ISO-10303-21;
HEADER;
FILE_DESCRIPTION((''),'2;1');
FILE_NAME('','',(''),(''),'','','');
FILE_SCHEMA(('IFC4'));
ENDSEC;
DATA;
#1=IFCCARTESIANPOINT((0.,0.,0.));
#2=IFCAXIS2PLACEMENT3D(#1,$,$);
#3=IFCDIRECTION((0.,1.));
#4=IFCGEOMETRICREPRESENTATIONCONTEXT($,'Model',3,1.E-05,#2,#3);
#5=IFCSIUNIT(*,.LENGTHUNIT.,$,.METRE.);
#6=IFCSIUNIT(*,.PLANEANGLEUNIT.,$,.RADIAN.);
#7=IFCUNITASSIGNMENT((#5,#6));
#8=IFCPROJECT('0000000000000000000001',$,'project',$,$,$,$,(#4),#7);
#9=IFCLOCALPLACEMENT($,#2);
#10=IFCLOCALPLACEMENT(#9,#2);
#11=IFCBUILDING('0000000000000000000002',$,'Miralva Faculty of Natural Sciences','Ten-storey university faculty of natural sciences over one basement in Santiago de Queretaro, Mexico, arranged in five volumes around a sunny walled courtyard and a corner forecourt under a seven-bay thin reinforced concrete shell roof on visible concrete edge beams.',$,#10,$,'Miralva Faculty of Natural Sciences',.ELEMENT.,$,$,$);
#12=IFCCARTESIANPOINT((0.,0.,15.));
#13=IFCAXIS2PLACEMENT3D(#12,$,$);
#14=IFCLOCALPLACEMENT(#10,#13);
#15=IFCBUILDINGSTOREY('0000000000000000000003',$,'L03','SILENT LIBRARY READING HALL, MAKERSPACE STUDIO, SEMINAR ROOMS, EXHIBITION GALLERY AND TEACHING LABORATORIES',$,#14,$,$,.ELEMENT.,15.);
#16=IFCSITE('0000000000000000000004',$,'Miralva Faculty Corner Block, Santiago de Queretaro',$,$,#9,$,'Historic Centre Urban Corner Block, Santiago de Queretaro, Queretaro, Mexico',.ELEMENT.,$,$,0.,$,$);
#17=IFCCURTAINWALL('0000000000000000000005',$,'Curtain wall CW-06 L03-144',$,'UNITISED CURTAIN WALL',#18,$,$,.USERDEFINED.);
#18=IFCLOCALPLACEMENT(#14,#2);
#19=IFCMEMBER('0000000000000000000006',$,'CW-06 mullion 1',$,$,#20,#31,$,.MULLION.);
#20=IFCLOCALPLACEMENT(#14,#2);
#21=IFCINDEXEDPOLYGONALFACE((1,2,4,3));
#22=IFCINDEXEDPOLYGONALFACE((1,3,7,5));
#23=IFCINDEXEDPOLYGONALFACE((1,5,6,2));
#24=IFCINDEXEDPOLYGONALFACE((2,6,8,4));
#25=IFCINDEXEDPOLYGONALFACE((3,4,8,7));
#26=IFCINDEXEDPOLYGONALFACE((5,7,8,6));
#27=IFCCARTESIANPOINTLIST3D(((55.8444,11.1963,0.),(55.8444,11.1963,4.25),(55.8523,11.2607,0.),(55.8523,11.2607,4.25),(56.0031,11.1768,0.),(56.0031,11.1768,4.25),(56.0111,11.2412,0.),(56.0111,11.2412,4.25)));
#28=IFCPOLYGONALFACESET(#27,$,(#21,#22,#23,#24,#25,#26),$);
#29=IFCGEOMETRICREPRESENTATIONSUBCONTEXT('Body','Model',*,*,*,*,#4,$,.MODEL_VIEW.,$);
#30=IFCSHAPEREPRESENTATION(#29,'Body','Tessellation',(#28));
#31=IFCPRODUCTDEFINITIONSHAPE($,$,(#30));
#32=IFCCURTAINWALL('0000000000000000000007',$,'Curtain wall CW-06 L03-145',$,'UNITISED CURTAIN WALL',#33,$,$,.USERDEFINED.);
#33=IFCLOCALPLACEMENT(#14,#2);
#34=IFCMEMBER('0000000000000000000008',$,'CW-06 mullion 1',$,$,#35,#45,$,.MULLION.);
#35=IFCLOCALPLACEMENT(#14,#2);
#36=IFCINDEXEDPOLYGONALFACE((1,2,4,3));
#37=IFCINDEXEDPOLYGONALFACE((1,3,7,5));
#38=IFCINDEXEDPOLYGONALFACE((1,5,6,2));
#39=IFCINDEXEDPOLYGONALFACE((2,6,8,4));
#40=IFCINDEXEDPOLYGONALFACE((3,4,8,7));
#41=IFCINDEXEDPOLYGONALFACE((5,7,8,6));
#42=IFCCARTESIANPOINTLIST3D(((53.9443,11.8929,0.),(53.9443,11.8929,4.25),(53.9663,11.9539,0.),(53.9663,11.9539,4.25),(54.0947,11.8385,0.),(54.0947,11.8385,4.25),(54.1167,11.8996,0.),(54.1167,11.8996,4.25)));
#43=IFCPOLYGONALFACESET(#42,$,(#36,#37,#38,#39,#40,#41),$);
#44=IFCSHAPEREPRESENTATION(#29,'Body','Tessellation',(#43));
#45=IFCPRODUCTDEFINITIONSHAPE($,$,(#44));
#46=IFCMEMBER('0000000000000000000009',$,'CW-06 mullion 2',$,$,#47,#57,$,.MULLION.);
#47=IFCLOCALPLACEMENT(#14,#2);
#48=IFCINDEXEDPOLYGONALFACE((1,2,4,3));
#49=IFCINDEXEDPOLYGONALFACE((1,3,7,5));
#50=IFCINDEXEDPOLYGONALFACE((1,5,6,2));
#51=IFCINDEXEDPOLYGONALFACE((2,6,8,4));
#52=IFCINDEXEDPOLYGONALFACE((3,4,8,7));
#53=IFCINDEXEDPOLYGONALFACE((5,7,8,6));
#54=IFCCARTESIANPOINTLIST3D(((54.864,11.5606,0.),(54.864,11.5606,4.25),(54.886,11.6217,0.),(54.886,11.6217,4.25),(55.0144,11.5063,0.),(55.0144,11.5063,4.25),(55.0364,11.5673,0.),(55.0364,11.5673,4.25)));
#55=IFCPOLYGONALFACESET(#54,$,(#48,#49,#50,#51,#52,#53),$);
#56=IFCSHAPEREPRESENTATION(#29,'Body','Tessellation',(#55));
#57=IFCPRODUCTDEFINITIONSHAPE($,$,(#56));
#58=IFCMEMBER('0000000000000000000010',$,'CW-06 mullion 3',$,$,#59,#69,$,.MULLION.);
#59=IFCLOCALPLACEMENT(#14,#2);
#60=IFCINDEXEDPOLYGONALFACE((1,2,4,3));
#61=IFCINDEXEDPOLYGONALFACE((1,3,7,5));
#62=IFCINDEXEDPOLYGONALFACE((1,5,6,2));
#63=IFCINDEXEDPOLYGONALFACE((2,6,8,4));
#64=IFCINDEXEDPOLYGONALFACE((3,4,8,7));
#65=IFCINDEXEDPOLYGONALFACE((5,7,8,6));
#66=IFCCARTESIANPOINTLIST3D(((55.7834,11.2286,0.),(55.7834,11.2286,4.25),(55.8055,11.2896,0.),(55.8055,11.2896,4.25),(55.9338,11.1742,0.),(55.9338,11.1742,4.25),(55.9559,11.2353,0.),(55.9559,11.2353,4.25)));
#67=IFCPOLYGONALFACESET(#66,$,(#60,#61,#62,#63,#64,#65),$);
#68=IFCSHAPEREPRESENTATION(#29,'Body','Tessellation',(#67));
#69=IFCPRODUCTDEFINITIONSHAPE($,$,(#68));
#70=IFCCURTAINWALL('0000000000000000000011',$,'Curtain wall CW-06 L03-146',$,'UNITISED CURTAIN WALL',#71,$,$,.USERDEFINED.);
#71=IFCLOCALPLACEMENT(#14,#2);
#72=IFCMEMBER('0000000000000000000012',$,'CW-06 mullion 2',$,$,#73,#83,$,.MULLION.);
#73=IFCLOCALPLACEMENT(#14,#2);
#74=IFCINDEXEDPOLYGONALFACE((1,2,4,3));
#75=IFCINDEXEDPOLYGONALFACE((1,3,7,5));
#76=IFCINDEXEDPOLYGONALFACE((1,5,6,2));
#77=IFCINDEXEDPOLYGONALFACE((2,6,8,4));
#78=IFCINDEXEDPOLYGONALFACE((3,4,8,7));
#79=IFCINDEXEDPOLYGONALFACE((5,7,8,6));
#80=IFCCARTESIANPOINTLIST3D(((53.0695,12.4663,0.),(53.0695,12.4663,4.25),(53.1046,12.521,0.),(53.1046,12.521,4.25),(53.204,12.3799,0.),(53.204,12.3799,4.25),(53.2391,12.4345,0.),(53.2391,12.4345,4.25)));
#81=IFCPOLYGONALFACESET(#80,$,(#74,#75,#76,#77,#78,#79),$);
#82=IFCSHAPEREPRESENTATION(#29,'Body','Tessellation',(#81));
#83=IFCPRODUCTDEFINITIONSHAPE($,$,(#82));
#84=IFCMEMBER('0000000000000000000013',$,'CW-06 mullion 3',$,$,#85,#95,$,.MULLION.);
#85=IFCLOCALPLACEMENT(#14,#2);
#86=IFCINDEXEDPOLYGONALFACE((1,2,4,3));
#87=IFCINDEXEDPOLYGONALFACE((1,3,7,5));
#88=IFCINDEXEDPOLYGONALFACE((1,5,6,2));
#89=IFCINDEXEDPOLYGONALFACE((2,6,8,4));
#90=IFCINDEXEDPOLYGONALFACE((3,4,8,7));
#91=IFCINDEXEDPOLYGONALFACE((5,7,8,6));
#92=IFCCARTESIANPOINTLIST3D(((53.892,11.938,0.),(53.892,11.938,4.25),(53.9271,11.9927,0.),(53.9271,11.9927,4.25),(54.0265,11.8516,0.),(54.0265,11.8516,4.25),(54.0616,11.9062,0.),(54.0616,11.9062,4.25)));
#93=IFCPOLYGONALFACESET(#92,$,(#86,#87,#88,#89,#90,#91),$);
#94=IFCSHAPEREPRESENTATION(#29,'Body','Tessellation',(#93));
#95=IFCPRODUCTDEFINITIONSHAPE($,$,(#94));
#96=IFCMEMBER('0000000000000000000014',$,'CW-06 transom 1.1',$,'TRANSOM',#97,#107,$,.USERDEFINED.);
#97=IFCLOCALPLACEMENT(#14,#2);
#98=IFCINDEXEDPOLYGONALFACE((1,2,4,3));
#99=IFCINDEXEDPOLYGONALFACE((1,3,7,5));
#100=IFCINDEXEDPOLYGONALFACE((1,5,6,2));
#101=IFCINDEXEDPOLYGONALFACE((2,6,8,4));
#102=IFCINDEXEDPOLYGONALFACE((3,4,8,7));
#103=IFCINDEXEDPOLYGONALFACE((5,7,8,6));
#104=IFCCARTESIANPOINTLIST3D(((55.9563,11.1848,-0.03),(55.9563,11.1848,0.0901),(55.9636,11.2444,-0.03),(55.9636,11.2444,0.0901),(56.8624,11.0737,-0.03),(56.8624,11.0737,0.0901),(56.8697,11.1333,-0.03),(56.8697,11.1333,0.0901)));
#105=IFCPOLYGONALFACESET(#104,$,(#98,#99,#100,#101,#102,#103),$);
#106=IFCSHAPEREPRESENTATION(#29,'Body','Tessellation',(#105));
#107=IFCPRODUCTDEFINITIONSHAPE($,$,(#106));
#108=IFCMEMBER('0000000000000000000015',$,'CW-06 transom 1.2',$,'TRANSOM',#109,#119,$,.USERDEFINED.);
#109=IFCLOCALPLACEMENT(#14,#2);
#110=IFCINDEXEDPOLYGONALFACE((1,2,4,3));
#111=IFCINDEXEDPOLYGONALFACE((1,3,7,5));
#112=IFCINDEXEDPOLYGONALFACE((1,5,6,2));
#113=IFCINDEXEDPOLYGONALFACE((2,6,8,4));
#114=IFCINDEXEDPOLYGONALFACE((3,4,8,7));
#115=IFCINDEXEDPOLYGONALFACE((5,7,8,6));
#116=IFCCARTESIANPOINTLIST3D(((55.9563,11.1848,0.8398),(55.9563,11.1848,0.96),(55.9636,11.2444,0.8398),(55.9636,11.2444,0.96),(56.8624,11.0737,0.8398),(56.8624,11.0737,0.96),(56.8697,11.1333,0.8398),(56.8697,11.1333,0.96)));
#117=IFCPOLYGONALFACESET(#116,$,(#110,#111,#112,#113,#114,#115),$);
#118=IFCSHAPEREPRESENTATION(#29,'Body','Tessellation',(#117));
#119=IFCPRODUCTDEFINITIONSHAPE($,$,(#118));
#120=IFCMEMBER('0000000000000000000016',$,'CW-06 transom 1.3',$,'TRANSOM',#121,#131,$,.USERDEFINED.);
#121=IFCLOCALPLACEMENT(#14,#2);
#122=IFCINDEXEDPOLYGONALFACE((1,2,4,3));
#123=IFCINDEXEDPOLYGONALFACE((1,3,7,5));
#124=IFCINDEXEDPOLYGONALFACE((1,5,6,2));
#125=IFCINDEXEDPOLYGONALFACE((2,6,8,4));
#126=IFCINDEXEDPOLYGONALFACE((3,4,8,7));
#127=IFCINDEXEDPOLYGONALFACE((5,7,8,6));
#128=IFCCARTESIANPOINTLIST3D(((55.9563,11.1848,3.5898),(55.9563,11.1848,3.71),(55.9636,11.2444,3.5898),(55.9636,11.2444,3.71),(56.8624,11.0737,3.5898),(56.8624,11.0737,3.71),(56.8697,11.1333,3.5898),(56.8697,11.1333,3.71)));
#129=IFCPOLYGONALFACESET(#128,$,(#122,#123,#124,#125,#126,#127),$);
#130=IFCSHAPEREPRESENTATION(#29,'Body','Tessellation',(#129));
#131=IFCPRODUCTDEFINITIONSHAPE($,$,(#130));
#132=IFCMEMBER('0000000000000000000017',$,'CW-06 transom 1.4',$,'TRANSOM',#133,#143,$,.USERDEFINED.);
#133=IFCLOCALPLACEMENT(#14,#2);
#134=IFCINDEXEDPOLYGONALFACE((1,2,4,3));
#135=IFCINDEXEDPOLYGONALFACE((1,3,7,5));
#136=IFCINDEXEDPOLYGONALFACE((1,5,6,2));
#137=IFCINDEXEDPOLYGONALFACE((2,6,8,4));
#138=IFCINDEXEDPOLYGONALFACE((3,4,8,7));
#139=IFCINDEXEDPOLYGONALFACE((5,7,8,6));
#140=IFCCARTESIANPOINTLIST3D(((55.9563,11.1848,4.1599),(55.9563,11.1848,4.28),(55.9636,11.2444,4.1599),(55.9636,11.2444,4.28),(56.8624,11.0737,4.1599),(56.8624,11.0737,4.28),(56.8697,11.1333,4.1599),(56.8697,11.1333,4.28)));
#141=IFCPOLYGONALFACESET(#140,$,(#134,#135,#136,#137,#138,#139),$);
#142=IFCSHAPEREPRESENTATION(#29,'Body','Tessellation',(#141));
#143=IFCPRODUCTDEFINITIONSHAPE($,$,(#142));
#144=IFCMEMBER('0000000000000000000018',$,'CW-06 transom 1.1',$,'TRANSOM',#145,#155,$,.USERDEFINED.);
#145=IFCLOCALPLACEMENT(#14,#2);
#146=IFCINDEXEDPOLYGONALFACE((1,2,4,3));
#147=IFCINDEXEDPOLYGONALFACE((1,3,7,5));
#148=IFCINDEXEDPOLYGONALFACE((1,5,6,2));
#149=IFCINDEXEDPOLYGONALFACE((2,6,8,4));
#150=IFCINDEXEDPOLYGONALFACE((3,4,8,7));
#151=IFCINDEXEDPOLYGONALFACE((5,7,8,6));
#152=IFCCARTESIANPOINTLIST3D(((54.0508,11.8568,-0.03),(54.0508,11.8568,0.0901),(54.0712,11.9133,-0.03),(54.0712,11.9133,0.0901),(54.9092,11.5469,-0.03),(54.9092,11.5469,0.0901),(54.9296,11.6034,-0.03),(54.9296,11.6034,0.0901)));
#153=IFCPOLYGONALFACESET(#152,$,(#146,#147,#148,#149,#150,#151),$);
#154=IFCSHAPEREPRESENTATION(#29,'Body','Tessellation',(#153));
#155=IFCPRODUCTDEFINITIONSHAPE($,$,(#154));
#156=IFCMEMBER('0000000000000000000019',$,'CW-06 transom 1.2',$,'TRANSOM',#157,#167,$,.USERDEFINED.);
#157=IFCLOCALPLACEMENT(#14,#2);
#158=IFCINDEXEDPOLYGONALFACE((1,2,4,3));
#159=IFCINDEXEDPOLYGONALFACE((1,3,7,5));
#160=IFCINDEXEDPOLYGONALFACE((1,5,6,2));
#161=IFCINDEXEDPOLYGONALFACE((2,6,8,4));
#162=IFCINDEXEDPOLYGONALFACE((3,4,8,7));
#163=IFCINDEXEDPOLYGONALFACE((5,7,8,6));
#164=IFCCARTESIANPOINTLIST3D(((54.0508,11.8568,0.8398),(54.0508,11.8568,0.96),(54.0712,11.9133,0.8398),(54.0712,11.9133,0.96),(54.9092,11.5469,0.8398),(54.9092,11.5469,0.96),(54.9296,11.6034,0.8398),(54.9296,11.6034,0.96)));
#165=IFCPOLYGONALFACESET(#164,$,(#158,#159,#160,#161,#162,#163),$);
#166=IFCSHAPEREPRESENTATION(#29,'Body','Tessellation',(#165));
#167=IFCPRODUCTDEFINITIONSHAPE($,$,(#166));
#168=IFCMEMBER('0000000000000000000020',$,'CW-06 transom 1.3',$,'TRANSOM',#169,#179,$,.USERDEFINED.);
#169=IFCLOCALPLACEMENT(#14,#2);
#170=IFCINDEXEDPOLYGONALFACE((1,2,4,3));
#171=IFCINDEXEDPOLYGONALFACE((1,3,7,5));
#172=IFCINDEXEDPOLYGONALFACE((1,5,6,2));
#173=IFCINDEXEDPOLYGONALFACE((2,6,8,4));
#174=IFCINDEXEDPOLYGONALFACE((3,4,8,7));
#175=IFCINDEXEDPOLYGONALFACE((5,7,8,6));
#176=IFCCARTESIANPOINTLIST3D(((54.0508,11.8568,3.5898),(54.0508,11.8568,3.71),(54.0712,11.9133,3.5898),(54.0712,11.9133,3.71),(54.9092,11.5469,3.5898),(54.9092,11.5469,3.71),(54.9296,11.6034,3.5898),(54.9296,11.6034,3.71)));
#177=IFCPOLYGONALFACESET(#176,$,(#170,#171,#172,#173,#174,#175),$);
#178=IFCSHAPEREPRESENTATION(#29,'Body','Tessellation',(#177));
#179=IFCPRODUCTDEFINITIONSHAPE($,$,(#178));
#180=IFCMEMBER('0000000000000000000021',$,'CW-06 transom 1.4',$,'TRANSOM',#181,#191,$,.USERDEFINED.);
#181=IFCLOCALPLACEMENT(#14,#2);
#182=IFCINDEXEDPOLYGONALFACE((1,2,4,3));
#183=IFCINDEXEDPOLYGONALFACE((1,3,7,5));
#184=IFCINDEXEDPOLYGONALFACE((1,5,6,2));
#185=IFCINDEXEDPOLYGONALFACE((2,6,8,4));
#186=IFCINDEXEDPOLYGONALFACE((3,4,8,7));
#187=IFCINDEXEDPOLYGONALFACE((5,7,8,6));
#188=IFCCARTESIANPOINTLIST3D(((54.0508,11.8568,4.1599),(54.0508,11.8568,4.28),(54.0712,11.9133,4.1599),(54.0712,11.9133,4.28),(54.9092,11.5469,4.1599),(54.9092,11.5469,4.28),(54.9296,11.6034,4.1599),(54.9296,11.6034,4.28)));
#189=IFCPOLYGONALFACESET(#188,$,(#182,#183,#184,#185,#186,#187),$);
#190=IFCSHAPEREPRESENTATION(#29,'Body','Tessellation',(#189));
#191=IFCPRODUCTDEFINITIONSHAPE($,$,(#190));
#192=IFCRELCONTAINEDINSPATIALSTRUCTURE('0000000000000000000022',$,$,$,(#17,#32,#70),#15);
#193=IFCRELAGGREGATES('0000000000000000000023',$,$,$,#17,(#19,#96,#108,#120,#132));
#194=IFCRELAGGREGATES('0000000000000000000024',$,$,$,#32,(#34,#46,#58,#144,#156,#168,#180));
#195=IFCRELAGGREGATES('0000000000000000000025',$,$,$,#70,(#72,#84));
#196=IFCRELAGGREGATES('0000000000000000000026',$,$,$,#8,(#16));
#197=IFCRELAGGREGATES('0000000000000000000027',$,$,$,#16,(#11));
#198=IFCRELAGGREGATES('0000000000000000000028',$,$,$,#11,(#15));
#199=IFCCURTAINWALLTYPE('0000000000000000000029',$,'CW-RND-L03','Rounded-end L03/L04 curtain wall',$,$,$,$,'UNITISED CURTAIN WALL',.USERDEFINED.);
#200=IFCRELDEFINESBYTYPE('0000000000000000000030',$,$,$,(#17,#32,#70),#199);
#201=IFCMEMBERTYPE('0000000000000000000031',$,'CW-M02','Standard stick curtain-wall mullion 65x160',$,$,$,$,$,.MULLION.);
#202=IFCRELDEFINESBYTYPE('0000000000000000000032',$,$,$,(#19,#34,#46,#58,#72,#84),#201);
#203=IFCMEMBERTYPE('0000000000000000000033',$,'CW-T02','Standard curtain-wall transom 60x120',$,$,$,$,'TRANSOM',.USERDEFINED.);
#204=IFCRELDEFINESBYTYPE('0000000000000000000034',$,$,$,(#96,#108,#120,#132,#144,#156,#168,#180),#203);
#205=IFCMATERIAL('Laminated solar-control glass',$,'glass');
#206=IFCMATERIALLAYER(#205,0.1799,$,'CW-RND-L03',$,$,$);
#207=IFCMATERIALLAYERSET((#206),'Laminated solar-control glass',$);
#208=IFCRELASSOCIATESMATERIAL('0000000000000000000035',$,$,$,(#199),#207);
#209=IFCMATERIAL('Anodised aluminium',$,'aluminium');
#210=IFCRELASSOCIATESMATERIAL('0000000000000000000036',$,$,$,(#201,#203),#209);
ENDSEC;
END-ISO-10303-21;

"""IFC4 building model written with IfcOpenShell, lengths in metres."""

from ifc_helpers import new_model, si_unit, direction, frame, origin, origin_2d, place, context, subcontext, project, spatial, rectangle, extrude, material, layer, layer_set, material_profile, profile_set, type_object, element, aggregate, save


model = new_model("IFC4")

# Units and contexts
model_context = context("Model", 3, precision=1e-05, world=origin(), true_north=direction((0.0, 1.0)))
body_context = subcontext(model_context, "Body", "Model", "MODEL_VIEW")
ifc_project = project(units=[si_unit("LENGTHUNIT", "METRE"), si_unit("PLANEANGLEUNIT", "RADIAN")], contexts=[model_context])

# Site, building, storey
site_placement = place(None, origin())
site = spatial("IfcSite", under=ifc_project, at=site_placement, Name="Miralva Faculty Corner Block, Santiago de Queretaro", LongName="Historic Centre Urban Corner Block, Santiago de Queretaro, Queretaro, Mexico", CompositionType="ELEMENT", RefElevation=0.0)
building_placement = place(site_placement, origin())
building = spatial("IfcBuilding", under=site, at=building_placement, Name="Miralva Faculty of Natural Sciences", Description="Ten-storey university faculty of natural sciences over one basement in Santiago de Queretaro, Mexico, arranged in five volumes around a sunny walled courtyard and a corner forecourt under a seven-bay thin reinforced concrete shell roof on visible concrete edge beams.", LongName="Miralva Faculty of Natural Sciences", CompositionType="ELEMENT")
storey_placement = place(building_placement, frame((0.0, 0.0, 15.0)))
storey = spatial("IfcBuildingStorey", under=building, at=storey_placement, Name="L03", Description="SILENT LIBRARY READING HALL, MAKERSPACE STUDIO, SEMINAR ROOMS, EXHIBITION GALLERY AND TEACHING LABORATORIES", CompositionType="ELEMENT", Elevation=15.0)

# Curtain wall, member
ifc_material_1 = material(Name="Laminated solar-control glass", Category="glass")
ifc_layer_1 = layer(ifc_material_1, 0.1799, Name="CW-RND-L03")
ifc_layer_set_1 = layer_set([ifc_layer_1], Name="Laminated solar-control glass")
curtain_wall_type = type_object("IfcCurtainWallType", Name="CW-RND-L03", Description="Rounded-end L03/L04 curtain wall", ElementType="UNITISED CURTAIN WALL", PredefinedType="USERDEFINED", material=ifc_layer_set_1)
curtain_wall_1_placement = place(storey_placement, origin())
curtain_wall_1 = element("IfcCurtainWall", 1, at=curtain_wall_1_placement, inside=storey, type_object=curtain_wall_type, Name="Curtain wall CW-06 L03-144", ObjectType="UNITISED CURTAIN WALL", PredefinedType="USERDEFINED")
ifc_material_2 = material(Name="Anodised aluminium", Category="aluminium")
ifc_material_profile_1 = material_profile(ifc_material_2, rectangle(XDim=0.0649, YDim=0.1599, at=origin_2d()), Name="MULLION 65x160")
ifc_profile_set_1 = profile_set([ifc_material_profile_1], Name="Anodised aluminium")
member_type_1 = type_object("IfcMemberType", Name="CW-M02", Description="Standard stick curtain-wall mullion 65x160", PredefinedType="MULLION", material=ifc_profile_set_1)
member_1_placement = place(storey_placement, frame((55.9277, 11.2188, 0.0), z_axis=(0.0, 0.0, 1.0), x_axis=(0.12186, 0.992547, 0.0)))
member_1 = element("IfcMember", 2, at=member_1_placement, type_object=member_type_1, Name="CW-06 mullion 1", PredefinedType="MULLION", context=body_context, shape_type="SweptSolid", body=[
    extrude(rectangle(XDim=0.0649, YDim=0.1599, at=origin_2d()), origin(), (0.0, 0.0, 1.0), 4.25),
])

# Curtain walls, members
curtain_wall_2_placement = place(storey_placement, origin())
curtain_wall_2 = element("IfcCurtainWall", 3, at=curtain_wall_2_placement, inside=storey, type_object=curtain_wall_type, Name="Curtain wall CW-06 L03-145", ObjectType="UNITISED CURTAIN WALL", PredefinedType="USERDEFINED")
member_2_placement = place(storey_placement, frame((54.0305, 11.8962, 0.0), z_axis=(0.0, 0.0, 1.0), x_axis=(0.339696, 0.940535, 0.0)))
member_2 = element("IfcMember", 4, at=member_2_placement, type_object=member_type_1, Name="CW-06 mullion 1", PredefinedType="MULLION", context=body_context, shape_type="SweptSolid", body=[
    extrude(rectangle(XDim=0.0649, YDim=0.1599, at=origin_2d()), origin(), (0.0, 0.0, 1.0), 4.25),
])
member_3_placement = place(storey_placement, frame((54.9502, 11.564, 0.0), z_axis=(0.0, 0.0, 1.0), x_axis=(0.339696, 0.940535, 0.0)))
member_3 = element("IfcMember", 5, at=member_3_placement, type_object=member_type_1, Name="CW-06 mullion 2", PredefinedType="MULLION", context=body_context, shape_type="SweptSolid", body=[
    extrude(rectangle(XDim=0.0649, YDim=0.1599, at=origin_2d()), origin(), (0.0, 0.0, 1.0), 4.25),
])
member_4_placement = place(storey_placement, frame((55.8696, 11.2319, 0.0), z_axis=(0.0, 0.0, 1.0), x_axis=(0.339696, 0.940535, 0.0)))
member_4 = element("IfcMember", 6, at=member_4_placement, type_object=member_type_1, Name="CW-06 mullion 3", PredefinedType="MULLION", context=body_context, shape_type="SweptSolid", body=[
    extrude(rectangle(XDim=0.0649, YDim=0.1599, at=origin_2d()), origin(), (0.0, 0.0, 1.0), 4.25),
])
curtain_wall_3_placement = place(storey_placement, origin())
curtain_wall_3 = element("IfcCurtainWall", 7, at=curtain_wall_3_placement, inside=storey, type_object=curtain_wall_type, Name="Curtain wall CW-06 L03-146", ObjectType="UNITISED CURTAIN WALL", PredefinedType="USERDEFINED")
member_5_placement = place(storey_placement, frame((53.1543, 12.4504, 0.0), z_axis=(0.0, 0.0, 1.0), x_axis=(0.540445, 0.841379, 0.0)))
member_5 = element("IfcMember", 8, at=member_5_placement, type_object=member_type_1, Name="CW-06 mullion 2", PredefinedType="MULLION", context=body_context, shape_type="SweptSolid", body=[
    extrude(rectangle(XDim=0.0649, YDim=0.1599, at=origin_2d()), origin(), (0.0, 0.0, 1.0), 4.25),
])
member_6_placement = place(storey_placement, frame((53.9768, 11.9221, 0.0), z_axis=(0.0, 0.0, 1.0), x_axis=(0.540445, 0.841379, 0.0)))
member_6 = element("IfcMember", 9, at=member_6_placement, type_object=member_type_1, Name="CW-06 mullion 3", PredefinedType="MULLION", context=body_context, shape_type="SweptSolid", body=[
    extrude(rectangle(XDim=0.0649, YDim=0.1599, at=origin_2d()), origin(), (0.0, 0.0, 1.0), 4.25),
])

# Members
ifc_material_profile_2 = material_profile(ifc_material_2, rectangle(XDim=0.0601, YDim=0.1201, at=origin_2d()), Name="TRANSOM 60x120")
ifc_profile_set_2 = profile_set([ifc_material_profile_2], Name="Anodised aluminium")
member_type_2 = type_object("IfcMemberType", Name="CW-T02", Description="Standard curtain-wall transom 60x120", ElementType="TRANSOM", PredefinedType="USERDEFINED", material=ifc_profile_set_2)
member_7_placement = place(storey_placement, frame((55.96, 11.2146, 0.03), z_axis=(0.992567, -0.121697, 0.0), x_axis=(0.121697, 0.992567, 0.0)))
member_7 = element("IfcMember", 10, at=member_7_placement, type_object=member_type_2, Name="CW-06 transom 1.1", ObjectType="TRANSOM", PredefinedType="USERDEFINED", context=body_context, shape_type="SweptSolid", body=[
    extrude(rectangle(XDim=0.0601, YDim=0.1201, at=origin_2d()), origin(), (0.0, 0.0, 1.0), 0.9128),
])
member_8_placement = place(storey_placement, frame((55.96, 11.2146, 0.8999), z_axis=(0.992567, -0.121697, 0.0), x_axis=(0.121697, 0.992567, 0.0)))
member_8 = element("IfcMember", 11, at=member_8_placement, type_object=member_type_2, Name="CW-06 transom 1.2", ObjectType="TRANSOM", PredefinedType="USERDEFINED", context=body_context, shape_type="SweptSolid", body=[
    extrude(rectangle(XDim=0.0601, YDim=0.1201, at=origin_2d()), origin(), (0.0, 0.0, 1.0), 0.9128),
])
member_9_placement = place(storey_placement, frame((55.96, 11.2146, 3.6499), z_axis=(0.992567, -0.121697, 0.0), x_axis=(0.121697, 0.992567, 0.0)))
member_9 = element("IfcMember", 12, at=member_9_placement, type_object=member_type_2, Name="CW-06 transom 1.3", ObjectType="TRANSOM", PredefinedType="USERDEFINED", context=body_context, shape_type="SweptSolid", body=[
    extrude(rectangle(XDim=0.0601, YDim=0.1201, at=origin_2d()), origin(), (0.0, 0.0, 1.0), 0.9128),
])
member_10_placement = place(storey_placement, frame((55.96, 11.2146, 4.22), z_axis=(0.992567, -0.121697, 0.0), x_axis=(0.121697, 0.992567, 0.0)))
member_10 = element("IfcMember", 13, at=member_10_placement, type_object=member_type_2, Name="CW-06 transom 1.4", ObjectType="TRANSOM", PredefinedType="USERDEFINED", context=body_context, shape_type="SweptSolid", body=[
    extrude(rectangle(XDim=0.0601, YDim=0.1201, at=origin_2d()), origin(), (0.0, 0.0, 1.0), 0.9128),
])
member_11_placement = place(storey_placement, frame((54.061, 11.885, 0.03), z_axis=(0.940611, -0.339487, 0.0), x_axis=(0.339487, 0.940611, 0.0)))
member_11 = element("IfcMember", 14, at=member_11_placement, type_object=member_type_2, Name="CW-06 transom 1.1", ObjectType="TRANSOM", PredefinedType="USERDEFINED", context=body_context, shape_type="SweptSolid", body=[
    extrude(rectangle(XDim=0.0601, YDim=0.1201, at=origin_2d()), origin(), (0.0, 0.0, 1.0), 0.9126),
])
member_12_placement = place(storey_placement, frame((54.061, 11.885, 0.8999), z_axis=(0.940611, -0.339487, 0.0), x_axis=(0.339487, 0.940611, 0.0)))
member_12 = element("IfcMember", 15, at=member_12_placement, type_object=member_type_2, Name="CW-06 transom 1.2", ObjectType="TRANSOM", PredefinedType="USERDEFINED", context=body_context, shape_type="SweptSolid", body=[
    extrude(rectangle(XDim=0.0601, YDim=0.1201, at=origin_2d()), origin(), (0.0, 0.0, 1.0), 0.9126),
])
member_13_placement = place(storey_placement, frame((54.061, 11.885, 3.6499), z_axis=(0.940611, -0.339487, 0.0), x_axis=(0.339487, 0.940611, 0.0)))
member_13 = element("IfcMember", 16, at=member_13_placement, type_object=member_type_2, Name="CW-06 transom 1.3", ObjectType="TRANSOM", PredefinedType="USERDEFINED", context=body_context, shape_type="SweptSolid", body=[
    extrude(rectangle(XDim=0.0601, YDim=0.1201, at=origin_2d()), origin(), (0.0, 0.0, 1.0), 0.9126),
])
member_14_placement = place(storey_placement, frame((54.061, 11.885, 4.22), z_axis=(0.940611, -0.339487, 0.0), x_axis=(0.339487, 0.940611, 0.0)))
member_14 = element("IfcMember", 17, at=member_14_placement, type_object=member_type_2, Name="CW-06 transom 1.4", ObjectType="TRANSOM", PredefinedType="USERDEFINED", context=body_context, shape_type="SweptSolid", body=[
    extrude(rectangle(XDim=0.0601, YDim=0.1201, at=origin_2d()), origin(), (0.0, 0.0, 1.0), 0.9126),
])

aggregate(curtain_wall_1, [member_1, member_7, member_8, member_9, member_10])
aggregate(curtain_wall_2, [member_2, member_3, member_4, member_11, member_12, member_13, member_14])
aggregate(curtain_wall_3, [member_5, member_6])

save(model, "model.ifc")
